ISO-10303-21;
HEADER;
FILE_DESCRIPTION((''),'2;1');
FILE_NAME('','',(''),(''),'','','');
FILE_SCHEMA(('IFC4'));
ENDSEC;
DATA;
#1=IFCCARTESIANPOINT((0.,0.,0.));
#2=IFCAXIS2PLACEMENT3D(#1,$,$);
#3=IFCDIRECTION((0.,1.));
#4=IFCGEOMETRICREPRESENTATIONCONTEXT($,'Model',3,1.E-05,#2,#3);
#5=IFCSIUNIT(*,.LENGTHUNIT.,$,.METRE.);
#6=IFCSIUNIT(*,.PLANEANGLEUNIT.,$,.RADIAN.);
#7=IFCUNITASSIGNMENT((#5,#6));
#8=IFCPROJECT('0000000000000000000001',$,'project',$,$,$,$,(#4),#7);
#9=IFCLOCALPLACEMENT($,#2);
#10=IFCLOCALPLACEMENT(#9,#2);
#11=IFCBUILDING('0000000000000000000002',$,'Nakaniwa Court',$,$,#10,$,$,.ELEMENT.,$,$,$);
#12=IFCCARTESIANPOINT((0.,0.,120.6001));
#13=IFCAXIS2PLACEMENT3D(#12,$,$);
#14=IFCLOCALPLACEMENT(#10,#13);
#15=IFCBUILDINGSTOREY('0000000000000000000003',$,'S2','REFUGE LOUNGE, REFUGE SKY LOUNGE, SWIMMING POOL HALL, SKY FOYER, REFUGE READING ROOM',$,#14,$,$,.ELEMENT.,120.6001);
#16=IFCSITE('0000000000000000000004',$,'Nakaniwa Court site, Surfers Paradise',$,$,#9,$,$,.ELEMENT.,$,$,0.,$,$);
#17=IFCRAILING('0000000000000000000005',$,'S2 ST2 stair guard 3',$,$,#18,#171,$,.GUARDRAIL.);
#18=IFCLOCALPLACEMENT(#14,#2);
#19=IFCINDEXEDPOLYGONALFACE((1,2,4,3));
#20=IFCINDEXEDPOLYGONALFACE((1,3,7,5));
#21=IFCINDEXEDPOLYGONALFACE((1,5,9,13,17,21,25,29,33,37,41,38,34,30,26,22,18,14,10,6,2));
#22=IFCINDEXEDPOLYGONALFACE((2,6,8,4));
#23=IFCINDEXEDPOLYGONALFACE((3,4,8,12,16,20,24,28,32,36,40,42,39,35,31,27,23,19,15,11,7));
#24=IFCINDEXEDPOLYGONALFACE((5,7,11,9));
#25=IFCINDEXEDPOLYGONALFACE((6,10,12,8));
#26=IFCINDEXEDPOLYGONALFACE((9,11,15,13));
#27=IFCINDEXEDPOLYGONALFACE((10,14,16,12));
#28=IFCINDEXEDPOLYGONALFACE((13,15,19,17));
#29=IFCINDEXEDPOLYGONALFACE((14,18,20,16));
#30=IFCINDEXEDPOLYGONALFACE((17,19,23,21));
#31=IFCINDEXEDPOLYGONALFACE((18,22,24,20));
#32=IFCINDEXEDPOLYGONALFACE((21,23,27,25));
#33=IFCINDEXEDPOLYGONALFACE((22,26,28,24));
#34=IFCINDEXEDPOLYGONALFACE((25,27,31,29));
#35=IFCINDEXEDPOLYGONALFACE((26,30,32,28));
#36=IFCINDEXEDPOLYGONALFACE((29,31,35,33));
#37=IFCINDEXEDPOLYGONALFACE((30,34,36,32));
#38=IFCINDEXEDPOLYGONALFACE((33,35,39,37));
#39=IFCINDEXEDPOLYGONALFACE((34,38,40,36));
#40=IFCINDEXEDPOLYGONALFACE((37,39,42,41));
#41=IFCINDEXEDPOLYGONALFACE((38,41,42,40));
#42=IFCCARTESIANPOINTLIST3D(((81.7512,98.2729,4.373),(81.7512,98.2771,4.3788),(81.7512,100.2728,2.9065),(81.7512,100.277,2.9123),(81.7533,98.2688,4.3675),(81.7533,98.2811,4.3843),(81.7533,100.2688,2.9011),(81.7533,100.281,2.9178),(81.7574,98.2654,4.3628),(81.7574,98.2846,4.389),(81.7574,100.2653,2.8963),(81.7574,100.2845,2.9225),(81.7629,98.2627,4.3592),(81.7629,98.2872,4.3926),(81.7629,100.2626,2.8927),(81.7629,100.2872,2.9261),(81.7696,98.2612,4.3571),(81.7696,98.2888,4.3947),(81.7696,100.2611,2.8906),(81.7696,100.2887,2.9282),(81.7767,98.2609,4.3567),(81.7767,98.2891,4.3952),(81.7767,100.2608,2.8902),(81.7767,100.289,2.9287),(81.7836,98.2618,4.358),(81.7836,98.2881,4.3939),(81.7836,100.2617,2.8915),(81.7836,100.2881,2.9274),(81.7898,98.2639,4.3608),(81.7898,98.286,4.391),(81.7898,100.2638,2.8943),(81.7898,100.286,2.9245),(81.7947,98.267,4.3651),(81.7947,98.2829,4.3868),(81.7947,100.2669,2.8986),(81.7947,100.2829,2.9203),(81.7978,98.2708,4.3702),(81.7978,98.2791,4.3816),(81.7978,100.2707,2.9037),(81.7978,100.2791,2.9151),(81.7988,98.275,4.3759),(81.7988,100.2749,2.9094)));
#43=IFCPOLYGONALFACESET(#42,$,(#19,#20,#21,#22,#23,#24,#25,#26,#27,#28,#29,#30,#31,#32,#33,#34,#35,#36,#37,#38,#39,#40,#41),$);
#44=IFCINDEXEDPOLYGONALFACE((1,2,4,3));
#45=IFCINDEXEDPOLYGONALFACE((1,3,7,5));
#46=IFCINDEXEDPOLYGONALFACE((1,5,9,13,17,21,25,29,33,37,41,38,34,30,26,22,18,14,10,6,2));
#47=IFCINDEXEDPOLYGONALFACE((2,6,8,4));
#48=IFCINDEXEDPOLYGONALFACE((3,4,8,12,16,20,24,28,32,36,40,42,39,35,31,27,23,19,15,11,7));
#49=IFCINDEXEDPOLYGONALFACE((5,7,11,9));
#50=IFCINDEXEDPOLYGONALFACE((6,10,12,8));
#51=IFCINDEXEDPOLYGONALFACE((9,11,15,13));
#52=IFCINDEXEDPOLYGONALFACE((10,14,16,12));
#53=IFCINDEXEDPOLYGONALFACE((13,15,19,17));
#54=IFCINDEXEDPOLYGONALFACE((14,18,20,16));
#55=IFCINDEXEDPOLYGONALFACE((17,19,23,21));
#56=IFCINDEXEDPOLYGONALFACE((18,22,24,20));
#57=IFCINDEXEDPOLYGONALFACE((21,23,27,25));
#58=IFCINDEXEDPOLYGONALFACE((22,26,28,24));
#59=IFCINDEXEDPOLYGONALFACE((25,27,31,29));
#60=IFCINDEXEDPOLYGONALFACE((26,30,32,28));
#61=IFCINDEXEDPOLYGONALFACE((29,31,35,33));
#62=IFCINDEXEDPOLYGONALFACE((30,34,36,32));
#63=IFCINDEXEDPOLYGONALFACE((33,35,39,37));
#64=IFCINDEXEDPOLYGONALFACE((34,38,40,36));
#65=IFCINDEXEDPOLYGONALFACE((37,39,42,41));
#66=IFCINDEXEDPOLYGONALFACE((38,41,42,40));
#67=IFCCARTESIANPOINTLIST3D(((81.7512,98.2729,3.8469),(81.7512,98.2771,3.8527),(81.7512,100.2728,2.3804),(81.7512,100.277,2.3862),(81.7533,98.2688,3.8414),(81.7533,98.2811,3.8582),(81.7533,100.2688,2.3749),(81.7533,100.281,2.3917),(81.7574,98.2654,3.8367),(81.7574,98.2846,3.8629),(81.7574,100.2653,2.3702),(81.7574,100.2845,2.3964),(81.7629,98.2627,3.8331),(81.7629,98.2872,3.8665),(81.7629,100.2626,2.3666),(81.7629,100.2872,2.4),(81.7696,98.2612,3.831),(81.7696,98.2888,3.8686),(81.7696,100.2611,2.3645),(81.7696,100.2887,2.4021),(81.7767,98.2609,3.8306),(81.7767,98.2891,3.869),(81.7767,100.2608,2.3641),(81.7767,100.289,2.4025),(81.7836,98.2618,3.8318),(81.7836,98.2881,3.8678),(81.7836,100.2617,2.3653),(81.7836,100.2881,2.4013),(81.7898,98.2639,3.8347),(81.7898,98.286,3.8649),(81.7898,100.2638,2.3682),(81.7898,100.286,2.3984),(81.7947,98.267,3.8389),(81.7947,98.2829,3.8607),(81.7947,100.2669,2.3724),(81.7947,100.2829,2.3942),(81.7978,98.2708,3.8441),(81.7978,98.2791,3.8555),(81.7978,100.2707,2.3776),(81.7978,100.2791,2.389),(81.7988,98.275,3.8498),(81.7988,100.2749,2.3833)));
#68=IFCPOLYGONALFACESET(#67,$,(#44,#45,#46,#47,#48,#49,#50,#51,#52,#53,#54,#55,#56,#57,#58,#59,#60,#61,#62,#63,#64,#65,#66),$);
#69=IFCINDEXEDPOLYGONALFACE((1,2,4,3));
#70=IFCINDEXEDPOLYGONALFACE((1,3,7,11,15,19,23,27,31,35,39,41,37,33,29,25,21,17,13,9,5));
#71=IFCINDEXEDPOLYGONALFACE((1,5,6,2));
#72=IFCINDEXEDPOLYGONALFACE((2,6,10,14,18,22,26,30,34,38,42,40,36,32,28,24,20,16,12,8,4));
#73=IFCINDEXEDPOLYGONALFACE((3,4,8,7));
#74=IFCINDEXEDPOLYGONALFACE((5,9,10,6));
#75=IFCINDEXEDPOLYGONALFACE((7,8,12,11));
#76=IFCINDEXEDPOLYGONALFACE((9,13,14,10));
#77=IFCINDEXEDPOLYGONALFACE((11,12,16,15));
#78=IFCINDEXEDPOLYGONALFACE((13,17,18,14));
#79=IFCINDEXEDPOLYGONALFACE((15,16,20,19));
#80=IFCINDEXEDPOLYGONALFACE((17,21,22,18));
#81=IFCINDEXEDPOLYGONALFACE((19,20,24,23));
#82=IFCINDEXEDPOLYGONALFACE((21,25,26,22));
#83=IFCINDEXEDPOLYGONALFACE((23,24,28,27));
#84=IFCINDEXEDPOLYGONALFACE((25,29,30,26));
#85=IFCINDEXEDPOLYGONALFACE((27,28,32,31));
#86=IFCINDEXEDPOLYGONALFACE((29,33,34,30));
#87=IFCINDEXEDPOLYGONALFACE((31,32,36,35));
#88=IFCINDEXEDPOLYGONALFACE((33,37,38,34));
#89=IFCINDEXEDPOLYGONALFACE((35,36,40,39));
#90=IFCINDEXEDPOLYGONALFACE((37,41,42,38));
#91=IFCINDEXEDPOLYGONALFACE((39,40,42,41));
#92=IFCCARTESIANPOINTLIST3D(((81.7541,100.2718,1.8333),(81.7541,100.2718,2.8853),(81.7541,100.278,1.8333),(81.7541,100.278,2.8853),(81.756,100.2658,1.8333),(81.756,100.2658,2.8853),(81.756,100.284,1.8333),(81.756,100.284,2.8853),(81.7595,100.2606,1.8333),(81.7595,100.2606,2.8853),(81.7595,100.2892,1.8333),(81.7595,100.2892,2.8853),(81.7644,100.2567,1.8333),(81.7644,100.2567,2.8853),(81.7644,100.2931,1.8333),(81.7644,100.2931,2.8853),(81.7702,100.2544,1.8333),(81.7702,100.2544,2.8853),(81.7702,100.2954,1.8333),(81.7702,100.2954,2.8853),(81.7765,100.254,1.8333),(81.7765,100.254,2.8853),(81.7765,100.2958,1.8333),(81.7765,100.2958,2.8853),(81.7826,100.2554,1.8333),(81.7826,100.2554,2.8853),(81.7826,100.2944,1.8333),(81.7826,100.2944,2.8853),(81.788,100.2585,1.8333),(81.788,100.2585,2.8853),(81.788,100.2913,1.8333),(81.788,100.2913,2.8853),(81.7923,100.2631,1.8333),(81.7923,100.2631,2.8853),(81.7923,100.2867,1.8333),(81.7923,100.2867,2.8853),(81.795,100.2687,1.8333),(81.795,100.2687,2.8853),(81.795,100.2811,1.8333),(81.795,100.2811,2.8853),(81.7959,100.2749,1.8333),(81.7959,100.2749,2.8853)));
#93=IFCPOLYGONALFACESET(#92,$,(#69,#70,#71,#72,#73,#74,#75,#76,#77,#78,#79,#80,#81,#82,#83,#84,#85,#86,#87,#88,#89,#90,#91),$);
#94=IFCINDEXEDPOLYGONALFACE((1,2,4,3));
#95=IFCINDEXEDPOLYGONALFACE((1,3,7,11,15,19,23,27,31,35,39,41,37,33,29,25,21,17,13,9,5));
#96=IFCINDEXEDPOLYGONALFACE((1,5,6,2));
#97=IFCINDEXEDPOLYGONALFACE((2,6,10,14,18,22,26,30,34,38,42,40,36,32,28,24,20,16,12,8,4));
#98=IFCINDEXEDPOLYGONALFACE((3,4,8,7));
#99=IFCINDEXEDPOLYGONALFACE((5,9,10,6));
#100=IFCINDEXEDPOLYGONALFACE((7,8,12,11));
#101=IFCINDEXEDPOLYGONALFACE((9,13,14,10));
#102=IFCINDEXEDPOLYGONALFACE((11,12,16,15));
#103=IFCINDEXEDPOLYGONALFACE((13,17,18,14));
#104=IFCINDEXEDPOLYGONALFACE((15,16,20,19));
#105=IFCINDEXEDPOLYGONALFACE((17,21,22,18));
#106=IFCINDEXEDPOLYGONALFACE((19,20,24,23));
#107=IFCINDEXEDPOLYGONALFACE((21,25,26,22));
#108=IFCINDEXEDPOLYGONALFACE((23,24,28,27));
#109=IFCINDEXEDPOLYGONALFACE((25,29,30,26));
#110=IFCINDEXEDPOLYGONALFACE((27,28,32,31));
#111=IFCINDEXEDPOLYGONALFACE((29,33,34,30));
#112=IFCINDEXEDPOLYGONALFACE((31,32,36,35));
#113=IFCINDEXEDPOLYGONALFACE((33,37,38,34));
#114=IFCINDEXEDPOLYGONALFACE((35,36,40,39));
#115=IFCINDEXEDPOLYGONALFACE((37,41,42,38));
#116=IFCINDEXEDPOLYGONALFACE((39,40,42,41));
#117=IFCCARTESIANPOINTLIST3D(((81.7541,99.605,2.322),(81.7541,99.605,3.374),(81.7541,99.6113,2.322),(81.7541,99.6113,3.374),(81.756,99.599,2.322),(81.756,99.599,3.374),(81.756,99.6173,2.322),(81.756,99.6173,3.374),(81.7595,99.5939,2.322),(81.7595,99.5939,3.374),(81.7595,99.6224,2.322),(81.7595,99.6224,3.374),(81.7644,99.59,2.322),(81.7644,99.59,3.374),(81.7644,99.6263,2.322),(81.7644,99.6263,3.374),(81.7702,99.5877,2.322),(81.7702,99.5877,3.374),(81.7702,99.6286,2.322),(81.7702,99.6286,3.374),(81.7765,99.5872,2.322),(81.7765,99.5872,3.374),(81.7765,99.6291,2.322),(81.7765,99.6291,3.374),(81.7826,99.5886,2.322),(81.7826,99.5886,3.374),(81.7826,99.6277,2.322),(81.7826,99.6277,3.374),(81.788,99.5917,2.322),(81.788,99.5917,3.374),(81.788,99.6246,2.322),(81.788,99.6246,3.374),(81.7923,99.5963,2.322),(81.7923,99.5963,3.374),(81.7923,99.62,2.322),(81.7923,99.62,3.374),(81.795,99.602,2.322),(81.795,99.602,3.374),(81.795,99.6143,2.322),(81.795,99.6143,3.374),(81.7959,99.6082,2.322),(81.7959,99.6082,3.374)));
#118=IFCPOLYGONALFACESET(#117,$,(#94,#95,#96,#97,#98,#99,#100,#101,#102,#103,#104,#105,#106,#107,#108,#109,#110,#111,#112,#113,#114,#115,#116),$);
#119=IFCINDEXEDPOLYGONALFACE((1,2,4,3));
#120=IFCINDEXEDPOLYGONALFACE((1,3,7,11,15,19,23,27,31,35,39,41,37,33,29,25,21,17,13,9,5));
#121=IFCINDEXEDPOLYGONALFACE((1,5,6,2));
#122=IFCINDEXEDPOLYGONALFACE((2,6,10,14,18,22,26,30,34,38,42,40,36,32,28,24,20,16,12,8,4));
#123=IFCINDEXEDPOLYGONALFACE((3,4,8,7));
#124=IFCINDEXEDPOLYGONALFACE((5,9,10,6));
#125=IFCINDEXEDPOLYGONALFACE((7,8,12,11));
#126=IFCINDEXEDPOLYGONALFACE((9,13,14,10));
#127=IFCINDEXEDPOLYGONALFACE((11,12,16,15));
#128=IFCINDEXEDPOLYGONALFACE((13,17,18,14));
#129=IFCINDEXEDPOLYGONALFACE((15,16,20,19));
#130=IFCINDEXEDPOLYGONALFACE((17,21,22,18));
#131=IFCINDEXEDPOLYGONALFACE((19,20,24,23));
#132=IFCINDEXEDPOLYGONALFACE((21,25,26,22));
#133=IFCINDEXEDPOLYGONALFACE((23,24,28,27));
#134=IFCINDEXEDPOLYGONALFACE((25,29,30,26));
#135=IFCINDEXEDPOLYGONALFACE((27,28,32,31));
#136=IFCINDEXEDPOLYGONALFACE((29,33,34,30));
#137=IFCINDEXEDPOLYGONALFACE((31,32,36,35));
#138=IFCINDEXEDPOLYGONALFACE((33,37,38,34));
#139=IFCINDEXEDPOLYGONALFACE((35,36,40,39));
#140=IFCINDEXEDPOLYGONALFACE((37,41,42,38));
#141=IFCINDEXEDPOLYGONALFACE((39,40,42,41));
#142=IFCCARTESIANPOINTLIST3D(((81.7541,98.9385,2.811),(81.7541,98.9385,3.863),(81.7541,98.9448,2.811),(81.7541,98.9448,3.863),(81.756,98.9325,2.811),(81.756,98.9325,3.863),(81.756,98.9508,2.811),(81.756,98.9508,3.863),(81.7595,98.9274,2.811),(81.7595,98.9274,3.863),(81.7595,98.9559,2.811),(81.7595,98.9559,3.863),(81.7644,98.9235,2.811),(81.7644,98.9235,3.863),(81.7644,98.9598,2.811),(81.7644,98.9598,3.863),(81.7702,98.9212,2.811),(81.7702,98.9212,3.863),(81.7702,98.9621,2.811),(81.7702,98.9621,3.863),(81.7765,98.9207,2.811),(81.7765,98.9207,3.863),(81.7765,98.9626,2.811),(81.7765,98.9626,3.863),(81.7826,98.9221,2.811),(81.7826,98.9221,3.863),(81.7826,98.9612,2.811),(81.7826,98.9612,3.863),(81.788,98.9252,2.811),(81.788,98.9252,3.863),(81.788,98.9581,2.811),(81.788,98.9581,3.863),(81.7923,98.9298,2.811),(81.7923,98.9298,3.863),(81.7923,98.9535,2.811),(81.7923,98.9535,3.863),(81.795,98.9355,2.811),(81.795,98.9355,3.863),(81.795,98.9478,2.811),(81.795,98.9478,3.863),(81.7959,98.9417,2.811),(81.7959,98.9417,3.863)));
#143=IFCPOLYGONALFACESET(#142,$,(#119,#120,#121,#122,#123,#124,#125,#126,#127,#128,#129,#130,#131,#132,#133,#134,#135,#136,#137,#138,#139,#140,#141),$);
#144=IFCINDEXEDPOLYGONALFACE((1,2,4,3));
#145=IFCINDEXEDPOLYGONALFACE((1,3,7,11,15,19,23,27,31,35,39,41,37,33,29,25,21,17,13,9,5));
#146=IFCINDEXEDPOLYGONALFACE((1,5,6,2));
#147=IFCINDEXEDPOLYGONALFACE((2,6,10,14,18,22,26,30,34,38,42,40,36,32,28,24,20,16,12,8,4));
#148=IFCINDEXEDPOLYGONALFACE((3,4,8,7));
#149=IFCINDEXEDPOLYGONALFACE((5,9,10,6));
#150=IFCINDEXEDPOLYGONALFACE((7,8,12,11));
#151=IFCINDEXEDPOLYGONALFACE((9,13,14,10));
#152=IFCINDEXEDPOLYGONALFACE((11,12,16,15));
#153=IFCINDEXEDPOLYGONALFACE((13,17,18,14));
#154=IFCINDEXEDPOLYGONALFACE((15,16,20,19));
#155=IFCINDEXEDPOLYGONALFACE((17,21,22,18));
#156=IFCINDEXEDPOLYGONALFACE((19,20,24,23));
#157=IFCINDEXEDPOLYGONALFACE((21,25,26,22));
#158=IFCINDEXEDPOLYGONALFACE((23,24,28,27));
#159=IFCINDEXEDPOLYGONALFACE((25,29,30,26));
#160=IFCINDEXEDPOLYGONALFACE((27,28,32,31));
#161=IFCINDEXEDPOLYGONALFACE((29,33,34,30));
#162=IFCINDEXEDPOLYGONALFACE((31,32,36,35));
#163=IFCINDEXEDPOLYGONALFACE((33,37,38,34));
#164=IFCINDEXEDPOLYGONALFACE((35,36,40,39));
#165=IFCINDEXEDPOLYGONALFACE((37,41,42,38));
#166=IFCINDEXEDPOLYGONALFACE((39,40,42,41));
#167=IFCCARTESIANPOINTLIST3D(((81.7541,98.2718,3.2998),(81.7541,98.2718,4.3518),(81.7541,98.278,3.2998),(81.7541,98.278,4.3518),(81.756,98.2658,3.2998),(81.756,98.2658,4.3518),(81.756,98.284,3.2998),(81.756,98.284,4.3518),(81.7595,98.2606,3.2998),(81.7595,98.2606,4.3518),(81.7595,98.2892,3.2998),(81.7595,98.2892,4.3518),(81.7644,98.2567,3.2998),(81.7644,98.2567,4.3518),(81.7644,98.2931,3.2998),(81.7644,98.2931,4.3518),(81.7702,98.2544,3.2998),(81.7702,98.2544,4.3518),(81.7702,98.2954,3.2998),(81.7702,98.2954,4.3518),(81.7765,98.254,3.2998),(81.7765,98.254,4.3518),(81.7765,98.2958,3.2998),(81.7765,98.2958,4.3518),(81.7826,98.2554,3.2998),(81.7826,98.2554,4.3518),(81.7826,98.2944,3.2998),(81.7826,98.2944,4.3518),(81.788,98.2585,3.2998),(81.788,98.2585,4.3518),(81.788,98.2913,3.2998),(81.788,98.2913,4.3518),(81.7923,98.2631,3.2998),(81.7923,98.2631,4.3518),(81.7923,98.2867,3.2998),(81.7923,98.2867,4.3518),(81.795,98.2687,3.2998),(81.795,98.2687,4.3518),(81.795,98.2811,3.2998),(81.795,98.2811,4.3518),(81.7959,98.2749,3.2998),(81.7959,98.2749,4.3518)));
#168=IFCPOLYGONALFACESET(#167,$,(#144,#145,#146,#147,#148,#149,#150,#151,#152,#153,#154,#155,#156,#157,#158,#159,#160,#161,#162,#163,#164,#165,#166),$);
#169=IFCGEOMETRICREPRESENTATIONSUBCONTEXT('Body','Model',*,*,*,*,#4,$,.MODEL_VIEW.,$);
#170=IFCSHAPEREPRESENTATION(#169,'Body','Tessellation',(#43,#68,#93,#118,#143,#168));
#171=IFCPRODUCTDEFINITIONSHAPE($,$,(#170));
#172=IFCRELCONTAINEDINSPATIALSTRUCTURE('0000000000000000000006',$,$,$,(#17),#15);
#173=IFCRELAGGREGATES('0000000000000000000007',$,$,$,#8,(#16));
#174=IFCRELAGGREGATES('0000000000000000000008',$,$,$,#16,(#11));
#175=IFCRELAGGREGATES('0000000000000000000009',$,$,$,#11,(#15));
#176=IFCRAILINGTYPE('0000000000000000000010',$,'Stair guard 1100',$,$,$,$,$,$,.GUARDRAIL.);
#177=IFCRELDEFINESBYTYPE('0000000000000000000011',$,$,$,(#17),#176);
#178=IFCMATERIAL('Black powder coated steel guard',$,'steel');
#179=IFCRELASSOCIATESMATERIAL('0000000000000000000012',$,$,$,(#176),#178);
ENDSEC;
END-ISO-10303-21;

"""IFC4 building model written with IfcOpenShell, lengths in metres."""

from ifc_helpers import new_model, si_unit, direction, frame, origin, origin_2d, place, context, subcontext, project, spatial, circle, extrude, material, type_object, element, save


model = new_model("IFC4")

# Units and contexts
model_context = context("Model", 3, precision=1e-05, world=origin(), true_north=direction((0.0, 1.0)))
body_context = subcontext(model_context, "Body", "Model", "MODEL_VIEW")
ifc_project = project(units=[si_unit("LENGTHUNIT", "METRE"), si_unit("PLANEANGLEUNIT", "RADIAN")], contexts=[model_context])

# Site, building, storey
site_placement = place(None, origin())
site = spatial("IfcSite", under=ifc_project, at=site_placement, Name="Nakaniwa Court site, Surfers Paradise", CompositionType="ELEMENT", RefElevation=0.0)
building_placement = place(site_placement, origin())
building = spatial("IfcBuilding", under=site, at=building_placement, Name="Nakaniwa Court", CompositionType="ELEMENT")
storey_placement = place(building_placement, frame((0.0, 0.0, 120.6001)))
storey = spatial("IfcBuildingStorey", under=building, at=storey_placement, Name="S2", Description="REFUGE LOUNGE, REFUGE SKY LOUNGE, SWIMMING POOL HALL, SKY FOYER, REFUGE READING ROOM", CompositionType="ELEMENT", Elevation=120.6001)

# Railing
ifc_material_1 = material(Name="Black powder coated steel guard", Category="steel")
railing_type_1 = type_object("IfcRailingType", Name="Stair guard 1100", PredefinedType="GUARDRAIL", material=ifc_material_1)
railing_1_placement = place(storey_placement, frame((81.7749, 100.2749, 1.8333)))
element("IfcRailing", 1, at=railing_1_placement, inside=storey, type_object=railing_type_1, Name="S2 ST2 stair guard 3", PredefinedType="GUARDRAIL", context=body_context, shape_type="SweptSolid", body=[
    extrude(circle(Radius=0.0239, at=origin_2d()), frame((0.0, 0.0, 1.0762), z_axis=(0.0, -0.806427, 0.591334), x_axis=(1.0, 0.0, 0.0)), (0.0, 0.0, 1.0), 2.48),
    extrude(circle(Radius=0.0239, at=origin_2d()), frame((0.0, 0.0, 0.55), z_axis=(0.0, -0.806427, 0.591334), x_axis=(1.0, 0.0, 0.0)), (0.0, 0.0, 1.0), 2.48),
    extrude(circle(Radius=0.021, at=origin_2d()), origin(), (0.0, 0.0, 1.0), 1.052),
    extrude(circle(Radius=0.021, at=origin_2d()), frame((0.0, -0.6667, 0.4888)), (0.0, 0.0, 1.0), 1.052),
    extrude(circle(Radius=0.021, at=origin_2d()), frame((0.0, -1.3333, 0.9778)), (0.0, 0.0, 1.0), 1.052),
    extrude(circle(Radius=0.021, at=origin_2d()), frame((0.0, -2.0, 1.4666)), (0.0, 0.0, 1.0), 1.052),
])

save(model, "model.ifc")
